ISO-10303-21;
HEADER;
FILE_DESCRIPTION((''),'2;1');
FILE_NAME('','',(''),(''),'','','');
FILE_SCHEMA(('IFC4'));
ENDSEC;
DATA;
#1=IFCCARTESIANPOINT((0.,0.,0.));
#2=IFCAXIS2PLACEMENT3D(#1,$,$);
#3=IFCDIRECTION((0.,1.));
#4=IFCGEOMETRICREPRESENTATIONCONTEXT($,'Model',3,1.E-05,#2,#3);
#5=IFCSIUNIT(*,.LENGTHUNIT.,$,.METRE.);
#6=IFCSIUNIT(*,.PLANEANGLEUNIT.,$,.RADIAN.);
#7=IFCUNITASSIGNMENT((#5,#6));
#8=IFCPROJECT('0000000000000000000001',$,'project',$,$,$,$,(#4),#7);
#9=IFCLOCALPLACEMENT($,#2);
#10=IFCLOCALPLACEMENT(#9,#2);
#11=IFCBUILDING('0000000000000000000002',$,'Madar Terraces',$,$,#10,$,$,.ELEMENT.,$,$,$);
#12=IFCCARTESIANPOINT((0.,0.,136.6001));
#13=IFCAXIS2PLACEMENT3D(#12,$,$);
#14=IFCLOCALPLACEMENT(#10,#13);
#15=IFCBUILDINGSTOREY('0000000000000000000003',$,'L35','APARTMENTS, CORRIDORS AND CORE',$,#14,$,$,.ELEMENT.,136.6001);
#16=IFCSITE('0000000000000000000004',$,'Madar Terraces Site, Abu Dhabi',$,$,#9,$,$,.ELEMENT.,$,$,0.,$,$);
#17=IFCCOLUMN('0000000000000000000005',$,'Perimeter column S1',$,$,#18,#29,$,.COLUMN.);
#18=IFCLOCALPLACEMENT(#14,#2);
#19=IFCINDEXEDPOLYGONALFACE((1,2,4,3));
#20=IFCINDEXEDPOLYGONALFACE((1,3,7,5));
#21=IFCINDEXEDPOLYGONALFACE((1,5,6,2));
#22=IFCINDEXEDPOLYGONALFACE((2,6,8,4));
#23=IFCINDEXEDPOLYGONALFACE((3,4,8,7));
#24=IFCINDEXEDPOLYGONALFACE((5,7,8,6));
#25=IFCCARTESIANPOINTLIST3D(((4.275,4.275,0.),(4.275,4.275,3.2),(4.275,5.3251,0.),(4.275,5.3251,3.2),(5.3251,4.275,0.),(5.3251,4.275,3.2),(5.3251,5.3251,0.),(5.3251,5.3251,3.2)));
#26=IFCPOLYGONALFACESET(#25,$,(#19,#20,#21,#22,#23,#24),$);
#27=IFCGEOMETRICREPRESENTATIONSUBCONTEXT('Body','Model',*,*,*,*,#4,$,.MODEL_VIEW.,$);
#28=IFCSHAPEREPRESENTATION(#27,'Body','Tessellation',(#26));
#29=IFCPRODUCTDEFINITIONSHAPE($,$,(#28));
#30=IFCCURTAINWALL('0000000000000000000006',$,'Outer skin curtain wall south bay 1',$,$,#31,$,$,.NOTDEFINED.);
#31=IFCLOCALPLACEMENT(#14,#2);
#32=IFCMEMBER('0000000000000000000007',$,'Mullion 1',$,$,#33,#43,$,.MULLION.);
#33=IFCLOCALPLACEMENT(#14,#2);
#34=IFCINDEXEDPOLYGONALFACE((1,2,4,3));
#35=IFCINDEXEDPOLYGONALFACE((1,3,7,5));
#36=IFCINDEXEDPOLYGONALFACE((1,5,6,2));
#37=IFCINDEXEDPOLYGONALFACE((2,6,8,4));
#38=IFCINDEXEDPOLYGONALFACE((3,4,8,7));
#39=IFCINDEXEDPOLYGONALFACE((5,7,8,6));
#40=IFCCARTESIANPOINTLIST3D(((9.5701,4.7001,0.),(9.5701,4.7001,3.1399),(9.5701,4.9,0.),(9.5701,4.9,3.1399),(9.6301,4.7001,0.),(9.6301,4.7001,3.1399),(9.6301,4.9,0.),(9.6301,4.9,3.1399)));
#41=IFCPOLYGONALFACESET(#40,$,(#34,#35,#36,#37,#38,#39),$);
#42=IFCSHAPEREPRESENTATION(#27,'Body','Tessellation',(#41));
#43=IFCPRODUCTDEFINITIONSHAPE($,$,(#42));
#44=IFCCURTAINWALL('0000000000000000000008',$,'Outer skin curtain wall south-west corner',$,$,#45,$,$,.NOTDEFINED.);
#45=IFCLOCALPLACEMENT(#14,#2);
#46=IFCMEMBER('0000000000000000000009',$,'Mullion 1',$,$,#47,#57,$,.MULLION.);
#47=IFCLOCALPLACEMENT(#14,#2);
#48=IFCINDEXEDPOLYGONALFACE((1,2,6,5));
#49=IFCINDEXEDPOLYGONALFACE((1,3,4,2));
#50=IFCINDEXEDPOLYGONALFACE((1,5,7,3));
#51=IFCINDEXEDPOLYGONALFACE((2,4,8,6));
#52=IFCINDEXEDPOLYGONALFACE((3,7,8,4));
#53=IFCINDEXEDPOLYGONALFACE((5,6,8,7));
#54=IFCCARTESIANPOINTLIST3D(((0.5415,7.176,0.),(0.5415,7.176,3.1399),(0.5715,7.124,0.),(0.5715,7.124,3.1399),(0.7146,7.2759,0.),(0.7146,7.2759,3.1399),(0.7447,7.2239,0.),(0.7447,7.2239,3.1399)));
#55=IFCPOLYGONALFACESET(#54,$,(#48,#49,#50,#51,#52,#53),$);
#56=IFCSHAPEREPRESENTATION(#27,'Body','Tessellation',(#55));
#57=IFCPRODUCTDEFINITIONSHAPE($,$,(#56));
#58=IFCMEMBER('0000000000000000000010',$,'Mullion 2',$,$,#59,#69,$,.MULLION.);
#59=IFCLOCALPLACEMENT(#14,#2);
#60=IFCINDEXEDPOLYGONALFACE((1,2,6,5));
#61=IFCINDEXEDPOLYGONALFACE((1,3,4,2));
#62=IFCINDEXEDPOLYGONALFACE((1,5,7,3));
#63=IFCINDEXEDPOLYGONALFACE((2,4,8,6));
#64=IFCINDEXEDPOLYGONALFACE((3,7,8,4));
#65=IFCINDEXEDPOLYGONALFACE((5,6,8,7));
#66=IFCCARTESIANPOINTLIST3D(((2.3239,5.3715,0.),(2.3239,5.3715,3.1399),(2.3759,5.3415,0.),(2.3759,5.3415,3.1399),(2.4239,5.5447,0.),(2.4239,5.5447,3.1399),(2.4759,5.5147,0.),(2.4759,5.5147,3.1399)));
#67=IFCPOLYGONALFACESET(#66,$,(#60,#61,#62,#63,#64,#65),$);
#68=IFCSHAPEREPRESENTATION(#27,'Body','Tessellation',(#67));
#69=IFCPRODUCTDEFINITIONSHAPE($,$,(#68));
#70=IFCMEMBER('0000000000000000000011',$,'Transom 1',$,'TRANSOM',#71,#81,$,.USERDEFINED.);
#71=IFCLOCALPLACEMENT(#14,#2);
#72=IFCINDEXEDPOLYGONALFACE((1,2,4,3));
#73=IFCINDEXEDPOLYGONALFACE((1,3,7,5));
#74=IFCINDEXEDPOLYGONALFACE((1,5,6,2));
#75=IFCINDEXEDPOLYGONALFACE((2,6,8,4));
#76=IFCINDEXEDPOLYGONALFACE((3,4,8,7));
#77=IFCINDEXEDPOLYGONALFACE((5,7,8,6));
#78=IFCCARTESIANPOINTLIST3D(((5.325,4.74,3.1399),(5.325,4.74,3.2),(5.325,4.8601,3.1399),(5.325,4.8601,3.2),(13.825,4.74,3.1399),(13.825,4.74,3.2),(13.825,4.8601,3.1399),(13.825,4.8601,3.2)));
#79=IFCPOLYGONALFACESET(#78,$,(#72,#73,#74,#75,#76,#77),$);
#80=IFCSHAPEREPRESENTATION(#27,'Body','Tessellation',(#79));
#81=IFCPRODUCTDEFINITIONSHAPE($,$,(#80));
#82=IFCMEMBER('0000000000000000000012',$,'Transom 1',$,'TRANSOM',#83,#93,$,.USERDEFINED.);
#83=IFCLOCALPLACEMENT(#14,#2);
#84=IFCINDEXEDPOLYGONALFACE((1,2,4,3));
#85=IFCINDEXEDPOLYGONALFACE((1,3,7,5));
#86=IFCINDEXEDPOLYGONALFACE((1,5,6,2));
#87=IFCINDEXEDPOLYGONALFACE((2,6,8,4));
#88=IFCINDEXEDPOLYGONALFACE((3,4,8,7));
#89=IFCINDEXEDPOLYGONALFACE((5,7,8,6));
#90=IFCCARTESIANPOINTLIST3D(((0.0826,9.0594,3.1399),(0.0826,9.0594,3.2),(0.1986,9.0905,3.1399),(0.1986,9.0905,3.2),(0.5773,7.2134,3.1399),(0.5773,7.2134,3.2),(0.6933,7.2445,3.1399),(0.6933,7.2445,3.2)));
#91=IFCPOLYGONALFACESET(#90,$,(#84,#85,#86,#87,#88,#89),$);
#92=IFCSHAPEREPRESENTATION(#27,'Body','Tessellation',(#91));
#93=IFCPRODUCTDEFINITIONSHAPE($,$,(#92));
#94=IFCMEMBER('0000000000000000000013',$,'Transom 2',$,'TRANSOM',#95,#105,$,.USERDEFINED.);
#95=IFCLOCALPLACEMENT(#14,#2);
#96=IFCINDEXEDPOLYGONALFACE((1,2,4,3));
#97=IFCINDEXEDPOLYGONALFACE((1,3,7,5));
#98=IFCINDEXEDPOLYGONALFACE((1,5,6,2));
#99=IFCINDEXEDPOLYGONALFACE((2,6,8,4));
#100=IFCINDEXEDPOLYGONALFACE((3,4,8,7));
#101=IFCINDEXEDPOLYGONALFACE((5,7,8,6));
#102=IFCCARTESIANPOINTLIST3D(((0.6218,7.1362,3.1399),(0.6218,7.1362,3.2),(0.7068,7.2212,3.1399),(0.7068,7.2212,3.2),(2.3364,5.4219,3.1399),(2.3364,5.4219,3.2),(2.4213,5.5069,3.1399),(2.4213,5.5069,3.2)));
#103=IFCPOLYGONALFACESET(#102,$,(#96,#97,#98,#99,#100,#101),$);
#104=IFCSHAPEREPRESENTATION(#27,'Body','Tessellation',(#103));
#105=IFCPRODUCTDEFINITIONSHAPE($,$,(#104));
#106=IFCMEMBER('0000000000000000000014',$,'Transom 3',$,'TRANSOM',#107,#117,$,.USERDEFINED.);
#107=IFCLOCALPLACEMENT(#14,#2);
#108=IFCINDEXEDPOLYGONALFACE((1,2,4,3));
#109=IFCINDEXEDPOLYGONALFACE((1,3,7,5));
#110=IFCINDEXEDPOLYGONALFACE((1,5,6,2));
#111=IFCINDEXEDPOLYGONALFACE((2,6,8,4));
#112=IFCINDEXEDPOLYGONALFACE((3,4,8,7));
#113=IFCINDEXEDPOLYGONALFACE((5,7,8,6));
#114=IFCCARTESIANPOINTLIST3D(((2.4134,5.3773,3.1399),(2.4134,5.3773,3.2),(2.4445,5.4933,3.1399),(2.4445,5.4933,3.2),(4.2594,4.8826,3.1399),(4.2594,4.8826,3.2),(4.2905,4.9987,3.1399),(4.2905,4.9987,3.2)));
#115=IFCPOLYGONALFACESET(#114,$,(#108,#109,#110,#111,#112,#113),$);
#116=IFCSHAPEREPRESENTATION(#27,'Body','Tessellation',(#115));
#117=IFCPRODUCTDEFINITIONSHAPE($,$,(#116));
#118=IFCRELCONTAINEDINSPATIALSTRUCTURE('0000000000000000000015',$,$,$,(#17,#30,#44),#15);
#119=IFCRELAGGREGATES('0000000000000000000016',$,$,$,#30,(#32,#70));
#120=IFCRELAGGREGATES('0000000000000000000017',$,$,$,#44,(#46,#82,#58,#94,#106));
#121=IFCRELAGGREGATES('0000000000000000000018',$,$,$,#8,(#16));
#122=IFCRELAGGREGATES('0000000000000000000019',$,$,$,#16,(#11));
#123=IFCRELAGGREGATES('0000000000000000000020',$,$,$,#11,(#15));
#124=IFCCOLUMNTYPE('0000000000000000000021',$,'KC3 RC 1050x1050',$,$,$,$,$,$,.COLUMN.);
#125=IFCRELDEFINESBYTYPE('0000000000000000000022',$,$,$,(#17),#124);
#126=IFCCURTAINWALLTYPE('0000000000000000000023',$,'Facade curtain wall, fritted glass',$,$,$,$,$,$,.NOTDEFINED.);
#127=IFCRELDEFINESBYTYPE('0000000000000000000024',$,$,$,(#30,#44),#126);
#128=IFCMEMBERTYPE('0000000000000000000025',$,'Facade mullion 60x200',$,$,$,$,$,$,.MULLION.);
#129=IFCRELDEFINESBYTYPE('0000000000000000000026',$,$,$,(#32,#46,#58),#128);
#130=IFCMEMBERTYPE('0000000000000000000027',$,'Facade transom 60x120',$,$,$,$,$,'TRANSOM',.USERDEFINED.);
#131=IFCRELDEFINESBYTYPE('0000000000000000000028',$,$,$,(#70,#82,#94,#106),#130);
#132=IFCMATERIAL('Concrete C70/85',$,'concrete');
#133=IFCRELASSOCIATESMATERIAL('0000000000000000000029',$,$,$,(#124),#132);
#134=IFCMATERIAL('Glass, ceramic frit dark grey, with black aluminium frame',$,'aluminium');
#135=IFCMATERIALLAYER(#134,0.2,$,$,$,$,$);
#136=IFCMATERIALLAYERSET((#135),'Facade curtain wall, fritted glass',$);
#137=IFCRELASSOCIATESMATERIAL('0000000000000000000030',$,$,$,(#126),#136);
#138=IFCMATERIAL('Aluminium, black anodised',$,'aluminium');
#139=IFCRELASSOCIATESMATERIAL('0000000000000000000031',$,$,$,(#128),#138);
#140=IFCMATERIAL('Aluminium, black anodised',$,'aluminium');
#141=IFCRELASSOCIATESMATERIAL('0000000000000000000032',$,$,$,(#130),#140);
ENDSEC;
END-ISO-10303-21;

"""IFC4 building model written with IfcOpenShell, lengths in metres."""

from ifc_helpers import new_model, si_unit, direction, frame, origin, origin_2d, place, context, subcontext, project, spatial, rectangle, extrude, material, layer, layer_set, material_profile, profile_set, type_object, element, aggregate, save


model = new_model("IFC4")

# Units and contexts
model_context = context("Model", 3, precision=1e-05, world=origin(), true_north=direction((0.0, 1.0)))
body_context = subcontext(model_context, "Body", "Model", "MODEL_VIEW")
ifc_project = project(units=[si_unit("LENGTHUNIT", "METRE"), si_unit("PLANEANGLEUNIT", "RADIAN")], contexts=[model_context])

# Site, building, storey
site_placement = place(None, origin())
site = spatial("IfcSite", under=ifc_project, at=site_placement, Name="Madar Terraces Site, Abu Dhabi", CompositionType="ELEMENT", RefElevation=0.0)
building_placement = place(site_placement, origin())
building = spatial("IfcBuilding", under=site, at=building_placement, Name="Madar Terraces", CompositionType="ELEMENT")
storey_placement = place(building_placement, frame((0.0, 0.0, 136.6001)))
storey = spatial("IfcBuildingStorey", under=building, at=storey_placement, Name="L35", Description="APARTMENTS, CORRIDORS AND CORE", CompositionType="ELEMENT", Elevation=136.6001)

# Column
ifc_material_1 = material(Name="Concrete C70/85", Category="concrete")
ifc_material_profile_1 = material_profile(ifc_material_1, rectangle(XDim=1.05, YDim=1.05, at=origin_2d()), Name="KC3 RC 1050x1050")
ifc_profile_set_1 = profile_set([ifc_material_profile_1], Name="Concrete C70/85")
column_type = type_object("IfcColumnType", Name="KC3 RC 1050x1050", PredefinedType="COLUMN", material=ifc_profile_set_1)
column_placement = place(storey_placement, frame((4.8, 4.8, 0.0), z_axis=(0.0, 0.0, 1.0), x_axis=(1.0, 0.0, 0.0)))
element("IfcColumn", 1, at=column_placement, inside=storey, type_object=column_type, Name="Perimeter column S1", PredefinedType="COLUMN", context=body_context, shape_type="SweptSolid", body=[
    extrude(rectangle(XDim=1.05, YDim=1.05, at=origin_2d()), origin(), (0.0, 0.0, 1.0), 3.2),
])

# Curtain wall, member
ifc_material_2 = material(Name="Glass, ceramic frit dark grey, with black aluminium frame", Category="aluminium")
ifc_layer_1 = layer(ifc_material_2, 0.2)
ifc_layer_set_1 = layer_set([ifc_layer_1], Name="Facade curtain wall, fritted glass")
curtain_wall_type = type_object("IfcCurtainWallType", Name="Facade curtain wall, fritted glass", PredefinedType="NOTDEFINED", material=ifc_layer_set_1)
curtain_wall_1_placement = place(storey_placement, origin())
curtain_wall_1 = element("IfcCurtainWall", 2, at=curtain_wall_1_placement, inside=storey, type_object=curtain_wall_type, Name="Outer skin curtain wall south bay 1", PredefinedType="NOTDEFINED")
ifc_material_3 = material(Name="Aluminium, black anodised", Category="aluminium")
ifc_material_profile_2 = material_profile(ifc_material_3, rectangle(XDim=0.2, YDim=0.0601, at=origin_2d()), Name="Facade mullion 60x200")
ifc_profile_set_2 = profile_set([ifc_material_profile_2], Name="Aluminium, black anodised")
member_type_1 = type_object("IfcMemberType", Name="Facade mullion 60x200", PredefinedType="MULLION", material=ifc_profile_set_2)
member_1_placement = place(storey_placement, frame((9.6001, 4.8, 0.0), z_axis=(0.0, 0.0, 1.0), x_axis=(0.0, 1.0, 0.0)))
member_1 = element("IfcMember", 3, at=member_1_placement, type_object=member_type_1, Name="Mullion 1", PredefinedType="MULLION", context=body_context, shape_type="SweptSolid", body=[
    extrude(rectangle(XDim=0.2, YDim=0.0601, at=origin_2d()), origin(), (0.0, 0.0, 1.0), 3.1399),
])

# Curtain wall, members
curtain_wall_2_placement = place(storey_placement, origin())
curtain_wall_2 = element("IfcCurtainWall", 4, at=curtain_wall_2_placement, inside=storey, type_object=curtain_wall_type, Name="Outer skin curtain wall south-west corner", PredefinedType="NOTDEFINED")
member_2_placement = place(storey_placement, frame((0.6431, 7.2, 0.0), z_axis=(0.0, 0.0, 1.0), x_axis=(0.866025, 0.5, 0.0)))
member_2 = element("IfcMember", 5, at=member_2_placement, type_object=member_type_1, Name="Mullion 1", PredefinedType="MULLION", context=body_context, shape_type="SweptSolid", body=[
    extrude(rectangle(XDim=0.2, YDim=0.0601, at=origin_2d()), origin(), (0.0, 0.0, 1.0), 3.1399),
])
member_3_placement = place(storey_placement, frame((2.3999, 5.4431, 0.0), z_axis=(0.0, 0.0, 1.0), x_axis=(0.5, 0.866025, 0.0)))
member_3 = element("IfcMember", 6, at=member_3_placement, type_object=member_type_1, Name="Mullion 2", PredefinedType="MULLION", context=body_context, shape_type="SweptSolid", body=[
    extrude(rectangle(XDim=0.2, YDim=0.0601, at=origin_2d()), origin(), (0.0, 0.0, 1.0), 3.1399),
])

# Members
ifc_material_4 = material(Name="Aluminium, black anodised", Category="aluminium")
ifc_material_profile_3 = material_profile(ifc_material_4, rectangle(XDim=0.1201, YDim=0.0601, at=origin_2d()), Name="Facade transom 60x120")
ifc_profile_set_3 = profile_set([ifc_material_profile_3], Name="Aluminium, black anodised")
member_type_2 = type_object("IfcMemberType", Name="Facade transom 60x120", ElementType="TRANSOM", PredefinedType="USERDEFINED", material=ifc_profile_set_3)
member_4_placement = place(storey_placement, frame((5.325, 4.8, 3.1699), z_axis=(1.0, 0.0, 0.0), x_axis=(0.0, 1.0, 0.0)))
member_4 = element("IfcMember", 7, at=member_4_placement, type_object=member_type_2, Name="Transom 1", ObjectType="TRANSOM", PredefinedType="USERDEFINED", context=body_context, shape_type="SweptSolid", body=[
    extrude(rectangle(XDim=0.1201, YDim=0.0601, at=origin_2d()), origin(), (0.0, 0.0, 1.0), 8.5),
])
member_5_placement = place(storey_placement, frame((0.1406, 9.075, 3.1699), z_axis=(0.258823, -0.965925, 0.0), x_axis=(0.965925, 0.258823, 0.0)))
member_5 = element("IfcMember", 8, at=member_5_placement, type_object=member_type_2, Name="Transom 1", ObjectType="TRANSOM", PredefinedType="USERDEFINED", context=body_context, shape_type="SweptSolid", body=[
    extrude(rectangle(XDim=0.1201, YDim=0.0601, at=origin_2d()), origin(), (0.0, 0.0, 1.0), 1.9111),
])
member_6_placement = place(storey_placement, frame((0.6643, 7.1787, 3.1699), z_axis=(0.707157, -0.707056, 0.0), x_axis=(0.707056, 0.707157, 0.0)))
member_6 = element("IfcMember", 9, at=member_6_placement, type_object=member_type_2, Name="Transom 2", ObjectType="TRANSOM", PredefinedType="USERDEFINED", context=body_context, shape_type="SweptSolid", body=[
    extrude(rectangle(XDim=0.1201, YDim=0.0601, at=origin_2d()), origin(), (0.0, 0.0, 1.0), 2.4246),
])
member_7_placement = place(storey_placement, frame((2.429, 5.4353, 3.1699), z_axis=(0.965925, -0.258823, 0.0), x_axis=(0.258823, 0.965925, 0.0)))
member_7 = element("IfcMember", 10, at=member_7_placement, type_object=member_type_2, Name="Transom 3", ObjectType="TRANSOM", PredefinedType="USERDEFINED", context=body_context, shape_type="SweptSolid", body=[
    extrude(rectangle(XDim=0.1201, YDim=0.0601, at=origin_2d()), origin(), (0.0, 0.0, 1.0), 1.9111),
])

aggregate(curtain_wall_1, [member_1, member_4])
aggregate(curtain_wall_2, [member_2, member_5, member_3, member_6, member_7])

save(model, "model.ifc")
